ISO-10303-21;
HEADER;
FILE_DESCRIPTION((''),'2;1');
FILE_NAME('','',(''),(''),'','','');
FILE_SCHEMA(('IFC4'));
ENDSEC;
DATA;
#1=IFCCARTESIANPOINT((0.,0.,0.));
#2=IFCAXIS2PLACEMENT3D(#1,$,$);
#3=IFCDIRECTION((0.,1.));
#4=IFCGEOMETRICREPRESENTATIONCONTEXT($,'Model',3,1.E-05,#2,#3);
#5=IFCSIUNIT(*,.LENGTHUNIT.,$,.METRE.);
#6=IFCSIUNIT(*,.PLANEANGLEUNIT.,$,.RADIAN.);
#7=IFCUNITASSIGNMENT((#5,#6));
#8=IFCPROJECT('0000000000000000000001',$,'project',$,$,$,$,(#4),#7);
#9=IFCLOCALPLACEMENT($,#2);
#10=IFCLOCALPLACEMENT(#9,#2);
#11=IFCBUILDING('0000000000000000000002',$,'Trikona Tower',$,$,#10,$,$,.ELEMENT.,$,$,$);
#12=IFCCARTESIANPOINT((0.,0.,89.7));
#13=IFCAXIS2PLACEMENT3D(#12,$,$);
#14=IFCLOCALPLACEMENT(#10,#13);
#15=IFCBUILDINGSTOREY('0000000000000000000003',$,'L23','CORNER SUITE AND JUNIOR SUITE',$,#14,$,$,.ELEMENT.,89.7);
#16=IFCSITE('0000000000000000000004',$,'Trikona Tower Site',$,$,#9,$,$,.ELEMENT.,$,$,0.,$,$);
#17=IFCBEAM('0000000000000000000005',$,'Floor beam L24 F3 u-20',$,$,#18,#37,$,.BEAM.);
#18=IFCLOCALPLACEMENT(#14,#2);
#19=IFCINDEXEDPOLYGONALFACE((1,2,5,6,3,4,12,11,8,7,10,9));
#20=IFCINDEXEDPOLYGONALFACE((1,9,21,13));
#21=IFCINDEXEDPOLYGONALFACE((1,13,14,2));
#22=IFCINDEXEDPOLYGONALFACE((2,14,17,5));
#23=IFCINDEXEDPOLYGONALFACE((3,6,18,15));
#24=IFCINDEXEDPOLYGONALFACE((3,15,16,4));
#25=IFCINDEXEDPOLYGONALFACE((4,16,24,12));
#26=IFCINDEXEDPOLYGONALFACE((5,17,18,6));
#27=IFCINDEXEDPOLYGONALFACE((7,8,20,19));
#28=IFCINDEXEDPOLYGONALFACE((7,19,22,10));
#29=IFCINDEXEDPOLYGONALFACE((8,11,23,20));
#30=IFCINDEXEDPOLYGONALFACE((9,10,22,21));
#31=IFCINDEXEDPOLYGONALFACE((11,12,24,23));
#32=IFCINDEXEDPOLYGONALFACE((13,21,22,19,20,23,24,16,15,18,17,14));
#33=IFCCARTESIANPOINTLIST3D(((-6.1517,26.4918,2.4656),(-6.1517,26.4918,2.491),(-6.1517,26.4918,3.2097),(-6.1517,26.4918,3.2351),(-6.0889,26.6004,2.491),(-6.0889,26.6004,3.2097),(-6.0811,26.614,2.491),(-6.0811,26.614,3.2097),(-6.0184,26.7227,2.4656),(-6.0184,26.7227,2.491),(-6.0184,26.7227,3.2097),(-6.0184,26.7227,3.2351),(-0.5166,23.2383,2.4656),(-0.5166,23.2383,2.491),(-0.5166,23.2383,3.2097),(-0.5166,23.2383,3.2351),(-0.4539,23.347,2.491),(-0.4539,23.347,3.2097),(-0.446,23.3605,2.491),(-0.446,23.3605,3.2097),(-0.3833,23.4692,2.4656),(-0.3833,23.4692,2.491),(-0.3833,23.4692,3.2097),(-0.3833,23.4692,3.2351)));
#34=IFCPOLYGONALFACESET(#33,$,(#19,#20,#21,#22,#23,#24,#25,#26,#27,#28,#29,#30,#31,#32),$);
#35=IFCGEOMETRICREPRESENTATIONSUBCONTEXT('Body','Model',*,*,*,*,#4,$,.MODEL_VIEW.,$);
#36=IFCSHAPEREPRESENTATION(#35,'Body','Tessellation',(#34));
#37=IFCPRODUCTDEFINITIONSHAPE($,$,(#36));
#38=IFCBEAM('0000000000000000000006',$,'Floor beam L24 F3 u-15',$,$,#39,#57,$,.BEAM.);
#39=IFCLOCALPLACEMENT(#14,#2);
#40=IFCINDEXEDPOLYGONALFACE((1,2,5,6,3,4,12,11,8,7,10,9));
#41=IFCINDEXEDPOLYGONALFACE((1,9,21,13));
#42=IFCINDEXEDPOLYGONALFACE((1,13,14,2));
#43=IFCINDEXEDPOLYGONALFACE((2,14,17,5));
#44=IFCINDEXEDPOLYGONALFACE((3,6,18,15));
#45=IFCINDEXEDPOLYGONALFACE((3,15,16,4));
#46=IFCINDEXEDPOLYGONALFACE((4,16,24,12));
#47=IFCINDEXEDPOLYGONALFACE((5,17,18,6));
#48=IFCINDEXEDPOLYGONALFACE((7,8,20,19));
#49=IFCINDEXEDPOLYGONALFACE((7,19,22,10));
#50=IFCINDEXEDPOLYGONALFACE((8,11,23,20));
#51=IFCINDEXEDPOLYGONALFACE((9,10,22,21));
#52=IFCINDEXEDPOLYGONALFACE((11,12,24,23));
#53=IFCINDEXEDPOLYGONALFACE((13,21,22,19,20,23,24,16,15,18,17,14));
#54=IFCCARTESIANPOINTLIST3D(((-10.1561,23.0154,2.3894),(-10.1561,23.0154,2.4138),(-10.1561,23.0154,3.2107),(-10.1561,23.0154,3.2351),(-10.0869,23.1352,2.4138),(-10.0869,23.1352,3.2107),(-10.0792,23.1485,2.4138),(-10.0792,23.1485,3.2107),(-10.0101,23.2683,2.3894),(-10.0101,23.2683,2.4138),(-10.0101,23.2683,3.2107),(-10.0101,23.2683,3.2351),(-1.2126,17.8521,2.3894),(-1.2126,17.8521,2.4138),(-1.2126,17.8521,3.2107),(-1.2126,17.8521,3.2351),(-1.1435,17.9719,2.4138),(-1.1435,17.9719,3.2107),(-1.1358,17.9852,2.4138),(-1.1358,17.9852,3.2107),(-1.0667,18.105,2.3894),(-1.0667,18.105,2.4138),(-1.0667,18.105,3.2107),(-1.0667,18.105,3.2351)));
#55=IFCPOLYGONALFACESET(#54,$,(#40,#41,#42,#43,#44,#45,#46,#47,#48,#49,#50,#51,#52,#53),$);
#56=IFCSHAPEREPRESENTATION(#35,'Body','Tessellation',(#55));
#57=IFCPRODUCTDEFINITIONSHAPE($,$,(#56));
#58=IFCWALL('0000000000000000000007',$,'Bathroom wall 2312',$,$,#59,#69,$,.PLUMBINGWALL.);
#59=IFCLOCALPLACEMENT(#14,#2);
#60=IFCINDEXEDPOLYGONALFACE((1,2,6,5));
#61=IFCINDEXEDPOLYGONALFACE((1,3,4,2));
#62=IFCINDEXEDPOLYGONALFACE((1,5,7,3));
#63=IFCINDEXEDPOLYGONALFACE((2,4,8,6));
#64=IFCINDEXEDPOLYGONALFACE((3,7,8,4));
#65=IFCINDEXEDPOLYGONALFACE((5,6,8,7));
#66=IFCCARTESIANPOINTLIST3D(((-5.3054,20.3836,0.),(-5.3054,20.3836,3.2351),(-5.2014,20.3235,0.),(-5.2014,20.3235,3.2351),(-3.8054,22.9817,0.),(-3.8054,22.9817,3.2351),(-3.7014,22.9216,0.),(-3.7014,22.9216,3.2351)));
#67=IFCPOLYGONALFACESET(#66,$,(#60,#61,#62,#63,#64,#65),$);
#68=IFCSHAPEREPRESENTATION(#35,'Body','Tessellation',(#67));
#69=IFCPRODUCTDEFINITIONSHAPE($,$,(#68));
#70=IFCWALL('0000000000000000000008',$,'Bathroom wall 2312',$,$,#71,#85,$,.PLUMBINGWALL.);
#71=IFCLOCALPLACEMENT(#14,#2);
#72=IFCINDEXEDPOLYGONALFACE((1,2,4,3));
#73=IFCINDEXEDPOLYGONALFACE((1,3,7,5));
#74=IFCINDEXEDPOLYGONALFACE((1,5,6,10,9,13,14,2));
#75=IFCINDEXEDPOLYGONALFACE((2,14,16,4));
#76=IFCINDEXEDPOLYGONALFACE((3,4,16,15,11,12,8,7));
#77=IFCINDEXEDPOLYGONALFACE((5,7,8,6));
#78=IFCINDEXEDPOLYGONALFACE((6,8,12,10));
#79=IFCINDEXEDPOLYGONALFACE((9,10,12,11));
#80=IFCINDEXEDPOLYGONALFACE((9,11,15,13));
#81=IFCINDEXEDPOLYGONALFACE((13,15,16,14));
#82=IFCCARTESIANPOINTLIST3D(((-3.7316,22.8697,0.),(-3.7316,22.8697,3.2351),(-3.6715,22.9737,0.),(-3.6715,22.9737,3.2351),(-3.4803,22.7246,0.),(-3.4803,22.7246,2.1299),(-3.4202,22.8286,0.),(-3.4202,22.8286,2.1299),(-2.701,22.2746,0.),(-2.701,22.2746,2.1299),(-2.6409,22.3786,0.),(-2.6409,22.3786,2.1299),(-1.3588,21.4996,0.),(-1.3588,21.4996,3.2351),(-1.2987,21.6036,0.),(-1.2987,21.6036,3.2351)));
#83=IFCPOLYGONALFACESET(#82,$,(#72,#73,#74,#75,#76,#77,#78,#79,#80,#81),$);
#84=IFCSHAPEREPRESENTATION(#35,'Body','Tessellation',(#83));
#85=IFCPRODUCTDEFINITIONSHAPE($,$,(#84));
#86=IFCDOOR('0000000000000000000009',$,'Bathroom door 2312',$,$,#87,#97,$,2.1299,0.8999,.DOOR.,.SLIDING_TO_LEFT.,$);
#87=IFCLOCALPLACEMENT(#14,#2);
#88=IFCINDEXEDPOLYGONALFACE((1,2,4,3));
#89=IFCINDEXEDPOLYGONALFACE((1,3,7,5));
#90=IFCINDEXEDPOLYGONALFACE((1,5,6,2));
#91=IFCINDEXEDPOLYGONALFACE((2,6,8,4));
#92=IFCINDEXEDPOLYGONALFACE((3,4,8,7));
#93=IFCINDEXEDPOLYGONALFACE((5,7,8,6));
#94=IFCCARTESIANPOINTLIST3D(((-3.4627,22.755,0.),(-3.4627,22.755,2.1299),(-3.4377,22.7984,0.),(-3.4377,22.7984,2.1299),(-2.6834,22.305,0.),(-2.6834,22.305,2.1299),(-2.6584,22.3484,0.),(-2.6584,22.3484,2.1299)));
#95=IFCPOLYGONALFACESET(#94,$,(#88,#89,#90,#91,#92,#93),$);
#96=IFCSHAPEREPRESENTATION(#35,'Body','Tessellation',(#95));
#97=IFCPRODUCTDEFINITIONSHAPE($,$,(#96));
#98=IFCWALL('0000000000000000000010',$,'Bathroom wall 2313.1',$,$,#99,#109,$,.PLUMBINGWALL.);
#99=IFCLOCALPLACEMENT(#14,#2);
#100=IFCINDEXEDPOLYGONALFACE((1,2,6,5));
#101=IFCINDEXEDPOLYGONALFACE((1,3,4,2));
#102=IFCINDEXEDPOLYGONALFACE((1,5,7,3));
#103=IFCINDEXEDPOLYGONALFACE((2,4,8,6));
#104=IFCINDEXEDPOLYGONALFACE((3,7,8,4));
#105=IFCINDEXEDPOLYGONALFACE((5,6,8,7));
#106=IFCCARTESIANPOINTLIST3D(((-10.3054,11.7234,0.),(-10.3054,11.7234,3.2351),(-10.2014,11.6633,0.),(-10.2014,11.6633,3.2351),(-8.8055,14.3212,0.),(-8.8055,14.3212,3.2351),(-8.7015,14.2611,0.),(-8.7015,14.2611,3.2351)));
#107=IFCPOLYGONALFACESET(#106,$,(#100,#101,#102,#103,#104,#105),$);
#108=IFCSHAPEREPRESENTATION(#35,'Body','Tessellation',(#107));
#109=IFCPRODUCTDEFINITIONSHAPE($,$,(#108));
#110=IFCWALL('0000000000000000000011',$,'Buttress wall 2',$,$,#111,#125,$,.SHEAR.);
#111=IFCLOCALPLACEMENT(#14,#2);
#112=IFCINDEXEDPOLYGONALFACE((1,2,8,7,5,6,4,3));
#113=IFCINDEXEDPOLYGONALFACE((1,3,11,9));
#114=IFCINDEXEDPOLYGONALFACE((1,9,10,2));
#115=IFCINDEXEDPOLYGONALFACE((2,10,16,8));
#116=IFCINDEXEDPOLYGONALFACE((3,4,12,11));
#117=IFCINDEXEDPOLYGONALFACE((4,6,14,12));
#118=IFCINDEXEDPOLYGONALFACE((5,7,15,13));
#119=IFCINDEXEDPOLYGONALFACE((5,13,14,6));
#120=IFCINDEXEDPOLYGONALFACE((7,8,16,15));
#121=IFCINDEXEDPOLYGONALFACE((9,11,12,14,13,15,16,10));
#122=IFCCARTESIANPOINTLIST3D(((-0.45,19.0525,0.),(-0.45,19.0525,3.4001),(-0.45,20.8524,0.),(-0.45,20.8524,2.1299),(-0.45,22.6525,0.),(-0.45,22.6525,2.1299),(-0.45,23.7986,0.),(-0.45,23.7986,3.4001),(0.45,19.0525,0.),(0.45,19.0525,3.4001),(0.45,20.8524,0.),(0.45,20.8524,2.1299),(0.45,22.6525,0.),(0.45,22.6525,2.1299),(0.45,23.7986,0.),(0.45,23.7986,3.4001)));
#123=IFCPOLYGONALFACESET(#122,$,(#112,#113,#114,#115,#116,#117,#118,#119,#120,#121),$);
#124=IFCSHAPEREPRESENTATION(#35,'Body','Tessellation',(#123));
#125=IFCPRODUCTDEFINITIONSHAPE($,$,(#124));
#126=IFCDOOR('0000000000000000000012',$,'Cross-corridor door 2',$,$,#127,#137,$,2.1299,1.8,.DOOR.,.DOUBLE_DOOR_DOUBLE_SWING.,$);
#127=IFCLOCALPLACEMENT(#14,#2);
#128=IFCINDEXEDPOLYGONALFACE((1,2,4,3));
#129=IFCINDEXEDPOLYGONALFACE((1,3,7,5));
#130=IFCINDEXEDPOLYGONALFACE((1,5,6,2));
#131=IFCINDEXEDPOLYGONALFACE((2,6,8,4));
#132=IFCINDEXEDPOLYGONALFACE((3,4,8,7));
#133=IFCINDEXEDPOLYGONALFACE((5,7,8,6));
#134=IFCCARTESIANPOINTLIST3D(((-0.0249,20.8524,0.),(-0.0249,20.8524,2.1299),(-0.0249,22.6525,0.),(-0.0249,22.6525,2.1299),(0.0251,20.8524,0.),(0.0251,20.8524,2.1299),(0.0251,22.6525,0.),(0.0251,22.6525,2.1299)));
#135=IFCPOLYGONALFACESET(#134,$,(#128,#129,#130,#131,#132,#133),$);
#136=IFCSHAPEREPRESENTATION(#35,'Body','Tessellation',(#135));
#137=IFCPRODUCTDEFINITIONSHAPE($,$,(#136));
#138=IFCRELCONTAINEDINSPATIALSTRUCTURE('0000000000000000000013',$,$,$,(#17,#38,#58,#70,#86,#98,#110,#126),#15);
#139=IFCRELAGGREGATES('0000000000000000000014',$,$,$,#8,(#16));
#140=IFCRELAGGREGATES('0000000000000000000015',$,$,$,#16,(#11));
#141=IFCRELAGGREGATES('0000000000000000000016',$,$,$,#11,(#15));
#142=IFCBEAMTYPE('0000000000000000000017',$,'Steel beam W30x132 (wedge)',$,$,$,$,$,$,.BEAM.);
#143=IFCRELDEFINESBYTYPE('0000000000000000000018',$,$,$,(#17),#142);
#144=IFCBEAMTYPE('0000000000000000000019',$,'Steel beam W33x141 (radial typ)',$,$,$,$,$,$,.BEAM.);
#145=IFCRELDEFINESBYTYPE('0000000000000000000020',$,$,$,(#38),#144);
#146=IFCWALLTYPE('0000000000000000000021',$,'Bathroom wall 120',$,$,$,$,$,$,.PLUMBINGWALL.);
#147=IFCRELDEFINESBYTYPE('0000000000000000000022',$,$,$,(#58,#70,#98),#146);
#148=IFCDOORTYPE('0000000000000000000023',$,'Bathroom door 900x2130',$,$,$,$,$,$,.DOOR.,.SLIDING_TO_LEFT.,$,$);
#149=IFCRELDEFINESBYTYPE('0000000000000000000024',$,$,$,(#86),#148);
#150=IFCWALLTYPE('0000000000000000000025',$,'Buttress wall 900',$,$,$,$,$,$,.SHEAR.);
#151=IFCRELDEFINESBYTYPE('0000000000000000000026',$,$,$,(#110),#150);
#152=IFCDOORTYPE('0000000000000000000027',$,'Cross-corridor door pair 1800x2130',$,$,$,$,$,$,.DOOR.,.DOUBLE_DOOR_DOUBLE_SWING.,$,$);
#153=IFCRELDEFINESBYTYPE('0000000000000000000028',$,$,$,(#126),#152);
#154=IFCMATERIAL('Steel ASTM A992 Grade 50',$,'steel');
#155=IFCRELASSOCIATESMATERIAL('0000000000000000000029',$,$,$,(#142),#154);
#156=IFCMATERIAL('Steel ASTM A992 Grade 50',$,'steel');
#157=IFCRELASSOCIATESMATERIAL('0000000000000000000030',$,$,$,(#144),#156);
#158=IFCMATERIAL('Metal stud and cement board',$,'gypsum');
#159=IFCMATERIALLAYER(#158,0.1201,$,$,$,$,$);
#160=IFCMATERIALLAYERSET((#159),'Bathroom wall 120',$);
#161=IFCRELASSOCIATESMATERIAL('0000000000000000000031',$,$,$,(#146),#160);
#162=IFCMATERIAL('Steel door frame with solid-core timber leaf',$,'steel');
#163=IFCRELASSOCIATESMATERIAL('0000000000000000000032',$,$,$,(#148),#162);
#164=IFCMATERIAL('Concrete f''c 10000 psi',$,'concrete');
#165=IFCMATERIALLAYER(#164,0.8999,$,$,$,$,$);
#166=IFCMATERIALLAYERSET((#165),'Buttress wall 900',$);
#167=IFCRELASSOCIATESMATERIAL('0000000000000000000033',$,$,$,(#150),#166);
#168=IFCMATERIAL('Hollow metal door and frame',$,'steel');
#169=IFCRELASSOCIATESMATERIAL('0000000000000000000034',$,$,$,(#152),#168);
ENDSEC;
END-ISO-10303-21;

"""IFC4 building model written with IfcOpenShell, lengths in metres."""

from ifc_helpers import new_model, si_unit, direction, frame, frame_2d, origin, origin_2d, place, context, subcontext, project, spatial, rectangle, i_section, extrude, material, layer, layer_set, material_profile, profile_set, type_object, element, fill, save


model = new_model("IFC4")

# Units and contexts
model_context = context("Model", 3, precision=1e-05, world=origin(), true_north=direction((0.0, 1.0)))
body_context = subcontext(model_context, "Body", "Model", "MODEL_VIEW")
ifc_project = project(units=[si_unit("LENGTHUNIT", "METRE"), si_unit("PLANEANGLEUNIT", "RADIAN")], contexts=[model_context])

# Site, building, storey
site_placement = place(None, origin())
site = spatial("IfcSite", under=ifc_project, at=site_placement, Name="Trikona Tower Site", CompositionType="ELEMENT", RefElevation=0.0)
building_placement = place(site_placement, origin())
building = spatial("IfcBuilding", under=site, at=building_placement, Name="Trikona Tower", CompositionType="ELEMENT")
storey_placement = place(building_placement, frame((0.0, 0.0, 89.7)))
storey = spatial("IfcBuildingStorey", under=building, at=storey_placement, Name="L23", Description="CORNER SUITE AND JUNIOR SUITE", CompositionType="ELEMENT", Elevation=89.7)

# Beams
ifc_material_1 = material(Name="Steel ASTM A992 Grade 50", Category="steel")
ifc_material_profile_1 = material_profile(ifc_material_1, i_section(OverallWidth=0.2666, OverallDepth=0.7695, WebThickness=0.0156, FlangeThickness=0.0254, at=origin_2d()), Name="W30X132")
ifc_profile_set_1 = profile_set([ifc_material_profile_1], Name="Steel ASTM A992 Grade 50")
beam_type_1 = type_object("IfcBeamType", Name="Steel beam W30x132 (wedge)", PredefinedType="BEAM", material=ifc_profile_set_1)
beam_1_placement = place(storey_placement, frame((-0.45, 23.3538, 2.8503), z_axis=(-0.866023, 0.500005, 0.0), x_axis=(-0.500005, -0.866023, 0.0)))
element("IfcBeam", 1, at=beam_1_placement, inside=storey, type_object=beam_type_1, Name="Floor beam L24 F3 u-20", PredefinedType="BEAM", context=body_context, shape_type="SweptSolid", body=[
    extrude(i_section(OverallWidth=0.2666, OverallDepth=0.7695, WebThickness=0.0156, FlangeThickness=0.0254, at=origin_2d()), origin(), (0.0, 0.0, 1.0), 6.5068),
])
ifc_material_2 = material(Name="Steel ASTM A992 Grade 50", Category="steel")
ifc_material_profile_2 = material_profile(ifc_material_2, i_section(OverallWidth=0.292, OverallDepth=0.8457, WebThickness=0.0154, FlangeThickness=0.0244, at=origin_2d()), Name="W33X141")
ifc_profile_set_2 = profile_set([ifc_material_profile_2], Name="Steel ASTM A992 Grade 50")
beam_type_2 = type_object("IfcBeamType", Name="Steel beam W33x141 (radial typ)", PredefinedType="BEAM", material=ifc_profile_set_2)
beam_2_placement = place(storey_placement, frame((-1.1396, 17.9785, 2.8123), z_axis=(-0.86603, 0.499991, 0.0), x_axis=(-0.499991, -0.86603, 0.0)))
element("IfcBeam", 2, at=beam_2_placement, inside=storey, type_object=beam_type_2, Name="Floor beam L24 F3 u-15", PredefinedType="BEAM", context=body_context, shape_type="SweptSolid", body=[
    extrude(i_section(OverallWidth=0.292, OverallDepth=0.8457, WebThickness=0.0154, FlangeThickness=0.0244, at=origin_2d()), origin(), (0.0, 0.0, 1.0), 10.3269),
])

# Wall
ifc_material_3 = material(Name="Metal stud and cement board", Category="gypsum")
ifc_layer_1 = layer(ifc_material_3, 0.1201)
ifc_layer_set_1 = layer_set([ifc_layer_1], Name="Bathroom wall 120")
wall_type_1 = type_object("IfcWallType", Name="Bathroom wall 120", PredefinedType="PLUMBINGWALL", material=ifc_layer_set_1)
wall_1_placement = place(storey_placement, frame((-3.7534, 22.9517, 0.0), z_axis=(0.0, 0.0, 1.0), x_axis=(-0.49999, -0.866031, 0.0)))
element("IfcWall", 3, at=wall_1_placement, inside=storey, type_object=wall_type_1, Name="Bathroom wall 2312", PredefinedType="PLUMBINGWALL", context=body_context, shape_type="SweptSolid", body=[
    extrude(rectangle(XDim=3.0, YDim=0.1201, at=frame_2d((1.5, 0.0))), origin(), (0.0, 0.0, 1.0), 3.2351),
])

# Wall, opening, door
wall_2_placement = place(storey_placement, frame((-1.3286, 21.5515, 0.0), z_axis=(0.0, 0.0, 1.0), x_axis=(-0.865997, 0.500049, 0.0)))
wall_2 = element("IfcWall", 4, at=wall_2_placement, inside=storey, type_object=wall_type_1, Name="Bathroom wall 2312", PredefinedType="PLUMBINGWALL", context=body_context, shape_type="SweptSolid", body=[
    extrude(rectangle(XDim=2.74, YDim=0.1201, at=frame_2d((1.3701, 0.0))), origin(), (0.0, 0.0, 1.0), 3.2351),
])
opening_1_placement = place(wall_2_placement, frame((1.55, 0.0, 0.0)))
opening_1 = element("IfcOpeningElement", 5, at=opening_1_placement, cuts=wall_2, PredefinedType="OPENING", context=body_context, shape_type="SweptSolid", body=[
    extrude(rectangle(XDim=0.8999, YDim=2.1299, at=frame_2d((0.45, 1.0649))), frame((0.0, 0.0701, 0.0), z_axis=(0.0, -1.0, 0.0), x_axis=(1.0, 0.0, 0.0)), (0.0, 0.0, 1.0), 0.1401),
])
ifc_material_4 = material(Name="Steel door frame with solid-core timber leaf", Category="steel")
door_type_1 = type_object("IfcDoorType", Name="Bathroom door 900x2130", OperationType="SLIDING_TO_LEFT", PredefinedType="DOOR", material=ifc_material_4)
door_1_placement = place(opening_1_placement, origin())
door_1 = element("IfcDoor", 6, at=door_1_placement, inside=storey, type_object=door_type_1, Name="Bathroom door 2312", OperationType="SLIDING_TO_LEFT", OverallHeight=2.1299, OverallWidth=0.8999, PredefinedType="DOOR", context=body_context, shape_type="SweptSolid", body=[
    extrude(rectangle(XDim=0.8999, YDim=2.1299, at=frame_2d((0.45, 1.0649))), frame((0.0, 0.0249, 0.0), z_axis=(0.0, -1.0, 0.0), x_axis=(1.0, 0.0, 0.0)), (0.0, 0.0, 1.0), 0.05),
])
fill(opening_1, door_1)

# Wall
wall_3_placement = place(storey_placement, frame((-8.7534, 14.2913, 0.0), z_axis=(0.0, 0.0, 1.0), x_axis=(-0.500025, -0.866011, 0.0)))
element("IfcWall", 7, at=wall_3_placement, inside=storey, type_object=wall_type_1, Name="Bathroom wall 2313.1", PredefinedType="PLUMBINGWALL", context=body_context, shape_type="SweptSolid", body=[
    extrude(rectangle(XDim=2.9998, YDim=0.1201, at=frame_2d((1.5, 0.0))), origin(), (0.0, 0.0, 1.0), 3.2351),
])

# Wall, opening, door
ifc_material_5 = material(Name="Concrete f'c 10000 psi", Category="concrete")
ifc_layer_2 = layer(ifc_material_5, 0.8999)
ifc_layer_set_2 = layer_set([ifc_layer_2], Name="Buttress wall 900")
wall_type_2 = type_object("IfcWallType", Name="Buttress wall 900", PredefinedType="SHEAR", material=ifc_layer_set_2)
wall_4_placement = place(storey_placement, frame((0.0, 19.0525, 0.0), z_axis=(0.0, 0.0, 1.0), x_axis=(0.0, 1.0, 0.0)))
wall_4 = element("IfcWall", 8, at=wall_4_placement, inside=storey, type_object=wall_type_2, Name="Buttress wall 2", PredefinedType="SHEAR", context=body_context, shape_type="SweptSolid", body=[
    extrude(rectangle(XDim=4.7461, YDim=0.8999, at=frame_2d((2.373, 0.0))), origin(), (0.0, 0.0, 1.0), 3.4001),
])
opening_2_placement = place(wall_4_placement, frame((1.8, 0.0, 0.0)))
opening_2 = element("IfcOpeningElement", 9, at=opening_2_placement, cuts=wall_4, PredefinedType="OPENING", context=body_context, shape_type="SweptSolid", body=[
    extrude(rectangle(XDim=1.8, YDim=2.1299, at=frame_2d((0.8999, 1.0649))), frame((0.0, 0.46, 0.0), z_axis=(0.0, -1.0, 0.0), x_axis=(1.0, 0.0, 0.0)), (0.0, 0.0, 1.0), 0.9199),
])
ifc_material_6 = material(Name="Hollow metal door and frame", Category="steel")
door_type_2 = type_object("IfcDoorType", Name="Cross-corridor door pair 1800x2130", OperationType="DOUBLE_DOOR_DOUBLE_SWING", PredefinedType="DOOR", material=ifc_material_6)
door_2_placement = place(opening_2_placement, origin())
door_2 = element("IfcDoor", 10, at=door_2_placement, inside=storey, type_object=door_type_2, Name="Cross-corridor door 2", OperationType="DOUBLE_DOOR_DOUBLE_SWING", OverallHeight=2.1299, OverallWidth=1.8, PredefinedType="DOOR", context=body_context, shape_type="SweptSolid", body=[
    extrude(rectangle(XDim=1.8, YDim=2.1299, at=frame_2d((0.8999, 1.0649))), frame((0.0, 0.0249, 0.0), z_axis=(0.0, -1.0, 0.0), x_axis=(1.0, 0.0, 0.0)), (0.0, 0.0, 1.0), 0.05),
])
fill(opening_2, door_2)

save(model, "model.ifc")
